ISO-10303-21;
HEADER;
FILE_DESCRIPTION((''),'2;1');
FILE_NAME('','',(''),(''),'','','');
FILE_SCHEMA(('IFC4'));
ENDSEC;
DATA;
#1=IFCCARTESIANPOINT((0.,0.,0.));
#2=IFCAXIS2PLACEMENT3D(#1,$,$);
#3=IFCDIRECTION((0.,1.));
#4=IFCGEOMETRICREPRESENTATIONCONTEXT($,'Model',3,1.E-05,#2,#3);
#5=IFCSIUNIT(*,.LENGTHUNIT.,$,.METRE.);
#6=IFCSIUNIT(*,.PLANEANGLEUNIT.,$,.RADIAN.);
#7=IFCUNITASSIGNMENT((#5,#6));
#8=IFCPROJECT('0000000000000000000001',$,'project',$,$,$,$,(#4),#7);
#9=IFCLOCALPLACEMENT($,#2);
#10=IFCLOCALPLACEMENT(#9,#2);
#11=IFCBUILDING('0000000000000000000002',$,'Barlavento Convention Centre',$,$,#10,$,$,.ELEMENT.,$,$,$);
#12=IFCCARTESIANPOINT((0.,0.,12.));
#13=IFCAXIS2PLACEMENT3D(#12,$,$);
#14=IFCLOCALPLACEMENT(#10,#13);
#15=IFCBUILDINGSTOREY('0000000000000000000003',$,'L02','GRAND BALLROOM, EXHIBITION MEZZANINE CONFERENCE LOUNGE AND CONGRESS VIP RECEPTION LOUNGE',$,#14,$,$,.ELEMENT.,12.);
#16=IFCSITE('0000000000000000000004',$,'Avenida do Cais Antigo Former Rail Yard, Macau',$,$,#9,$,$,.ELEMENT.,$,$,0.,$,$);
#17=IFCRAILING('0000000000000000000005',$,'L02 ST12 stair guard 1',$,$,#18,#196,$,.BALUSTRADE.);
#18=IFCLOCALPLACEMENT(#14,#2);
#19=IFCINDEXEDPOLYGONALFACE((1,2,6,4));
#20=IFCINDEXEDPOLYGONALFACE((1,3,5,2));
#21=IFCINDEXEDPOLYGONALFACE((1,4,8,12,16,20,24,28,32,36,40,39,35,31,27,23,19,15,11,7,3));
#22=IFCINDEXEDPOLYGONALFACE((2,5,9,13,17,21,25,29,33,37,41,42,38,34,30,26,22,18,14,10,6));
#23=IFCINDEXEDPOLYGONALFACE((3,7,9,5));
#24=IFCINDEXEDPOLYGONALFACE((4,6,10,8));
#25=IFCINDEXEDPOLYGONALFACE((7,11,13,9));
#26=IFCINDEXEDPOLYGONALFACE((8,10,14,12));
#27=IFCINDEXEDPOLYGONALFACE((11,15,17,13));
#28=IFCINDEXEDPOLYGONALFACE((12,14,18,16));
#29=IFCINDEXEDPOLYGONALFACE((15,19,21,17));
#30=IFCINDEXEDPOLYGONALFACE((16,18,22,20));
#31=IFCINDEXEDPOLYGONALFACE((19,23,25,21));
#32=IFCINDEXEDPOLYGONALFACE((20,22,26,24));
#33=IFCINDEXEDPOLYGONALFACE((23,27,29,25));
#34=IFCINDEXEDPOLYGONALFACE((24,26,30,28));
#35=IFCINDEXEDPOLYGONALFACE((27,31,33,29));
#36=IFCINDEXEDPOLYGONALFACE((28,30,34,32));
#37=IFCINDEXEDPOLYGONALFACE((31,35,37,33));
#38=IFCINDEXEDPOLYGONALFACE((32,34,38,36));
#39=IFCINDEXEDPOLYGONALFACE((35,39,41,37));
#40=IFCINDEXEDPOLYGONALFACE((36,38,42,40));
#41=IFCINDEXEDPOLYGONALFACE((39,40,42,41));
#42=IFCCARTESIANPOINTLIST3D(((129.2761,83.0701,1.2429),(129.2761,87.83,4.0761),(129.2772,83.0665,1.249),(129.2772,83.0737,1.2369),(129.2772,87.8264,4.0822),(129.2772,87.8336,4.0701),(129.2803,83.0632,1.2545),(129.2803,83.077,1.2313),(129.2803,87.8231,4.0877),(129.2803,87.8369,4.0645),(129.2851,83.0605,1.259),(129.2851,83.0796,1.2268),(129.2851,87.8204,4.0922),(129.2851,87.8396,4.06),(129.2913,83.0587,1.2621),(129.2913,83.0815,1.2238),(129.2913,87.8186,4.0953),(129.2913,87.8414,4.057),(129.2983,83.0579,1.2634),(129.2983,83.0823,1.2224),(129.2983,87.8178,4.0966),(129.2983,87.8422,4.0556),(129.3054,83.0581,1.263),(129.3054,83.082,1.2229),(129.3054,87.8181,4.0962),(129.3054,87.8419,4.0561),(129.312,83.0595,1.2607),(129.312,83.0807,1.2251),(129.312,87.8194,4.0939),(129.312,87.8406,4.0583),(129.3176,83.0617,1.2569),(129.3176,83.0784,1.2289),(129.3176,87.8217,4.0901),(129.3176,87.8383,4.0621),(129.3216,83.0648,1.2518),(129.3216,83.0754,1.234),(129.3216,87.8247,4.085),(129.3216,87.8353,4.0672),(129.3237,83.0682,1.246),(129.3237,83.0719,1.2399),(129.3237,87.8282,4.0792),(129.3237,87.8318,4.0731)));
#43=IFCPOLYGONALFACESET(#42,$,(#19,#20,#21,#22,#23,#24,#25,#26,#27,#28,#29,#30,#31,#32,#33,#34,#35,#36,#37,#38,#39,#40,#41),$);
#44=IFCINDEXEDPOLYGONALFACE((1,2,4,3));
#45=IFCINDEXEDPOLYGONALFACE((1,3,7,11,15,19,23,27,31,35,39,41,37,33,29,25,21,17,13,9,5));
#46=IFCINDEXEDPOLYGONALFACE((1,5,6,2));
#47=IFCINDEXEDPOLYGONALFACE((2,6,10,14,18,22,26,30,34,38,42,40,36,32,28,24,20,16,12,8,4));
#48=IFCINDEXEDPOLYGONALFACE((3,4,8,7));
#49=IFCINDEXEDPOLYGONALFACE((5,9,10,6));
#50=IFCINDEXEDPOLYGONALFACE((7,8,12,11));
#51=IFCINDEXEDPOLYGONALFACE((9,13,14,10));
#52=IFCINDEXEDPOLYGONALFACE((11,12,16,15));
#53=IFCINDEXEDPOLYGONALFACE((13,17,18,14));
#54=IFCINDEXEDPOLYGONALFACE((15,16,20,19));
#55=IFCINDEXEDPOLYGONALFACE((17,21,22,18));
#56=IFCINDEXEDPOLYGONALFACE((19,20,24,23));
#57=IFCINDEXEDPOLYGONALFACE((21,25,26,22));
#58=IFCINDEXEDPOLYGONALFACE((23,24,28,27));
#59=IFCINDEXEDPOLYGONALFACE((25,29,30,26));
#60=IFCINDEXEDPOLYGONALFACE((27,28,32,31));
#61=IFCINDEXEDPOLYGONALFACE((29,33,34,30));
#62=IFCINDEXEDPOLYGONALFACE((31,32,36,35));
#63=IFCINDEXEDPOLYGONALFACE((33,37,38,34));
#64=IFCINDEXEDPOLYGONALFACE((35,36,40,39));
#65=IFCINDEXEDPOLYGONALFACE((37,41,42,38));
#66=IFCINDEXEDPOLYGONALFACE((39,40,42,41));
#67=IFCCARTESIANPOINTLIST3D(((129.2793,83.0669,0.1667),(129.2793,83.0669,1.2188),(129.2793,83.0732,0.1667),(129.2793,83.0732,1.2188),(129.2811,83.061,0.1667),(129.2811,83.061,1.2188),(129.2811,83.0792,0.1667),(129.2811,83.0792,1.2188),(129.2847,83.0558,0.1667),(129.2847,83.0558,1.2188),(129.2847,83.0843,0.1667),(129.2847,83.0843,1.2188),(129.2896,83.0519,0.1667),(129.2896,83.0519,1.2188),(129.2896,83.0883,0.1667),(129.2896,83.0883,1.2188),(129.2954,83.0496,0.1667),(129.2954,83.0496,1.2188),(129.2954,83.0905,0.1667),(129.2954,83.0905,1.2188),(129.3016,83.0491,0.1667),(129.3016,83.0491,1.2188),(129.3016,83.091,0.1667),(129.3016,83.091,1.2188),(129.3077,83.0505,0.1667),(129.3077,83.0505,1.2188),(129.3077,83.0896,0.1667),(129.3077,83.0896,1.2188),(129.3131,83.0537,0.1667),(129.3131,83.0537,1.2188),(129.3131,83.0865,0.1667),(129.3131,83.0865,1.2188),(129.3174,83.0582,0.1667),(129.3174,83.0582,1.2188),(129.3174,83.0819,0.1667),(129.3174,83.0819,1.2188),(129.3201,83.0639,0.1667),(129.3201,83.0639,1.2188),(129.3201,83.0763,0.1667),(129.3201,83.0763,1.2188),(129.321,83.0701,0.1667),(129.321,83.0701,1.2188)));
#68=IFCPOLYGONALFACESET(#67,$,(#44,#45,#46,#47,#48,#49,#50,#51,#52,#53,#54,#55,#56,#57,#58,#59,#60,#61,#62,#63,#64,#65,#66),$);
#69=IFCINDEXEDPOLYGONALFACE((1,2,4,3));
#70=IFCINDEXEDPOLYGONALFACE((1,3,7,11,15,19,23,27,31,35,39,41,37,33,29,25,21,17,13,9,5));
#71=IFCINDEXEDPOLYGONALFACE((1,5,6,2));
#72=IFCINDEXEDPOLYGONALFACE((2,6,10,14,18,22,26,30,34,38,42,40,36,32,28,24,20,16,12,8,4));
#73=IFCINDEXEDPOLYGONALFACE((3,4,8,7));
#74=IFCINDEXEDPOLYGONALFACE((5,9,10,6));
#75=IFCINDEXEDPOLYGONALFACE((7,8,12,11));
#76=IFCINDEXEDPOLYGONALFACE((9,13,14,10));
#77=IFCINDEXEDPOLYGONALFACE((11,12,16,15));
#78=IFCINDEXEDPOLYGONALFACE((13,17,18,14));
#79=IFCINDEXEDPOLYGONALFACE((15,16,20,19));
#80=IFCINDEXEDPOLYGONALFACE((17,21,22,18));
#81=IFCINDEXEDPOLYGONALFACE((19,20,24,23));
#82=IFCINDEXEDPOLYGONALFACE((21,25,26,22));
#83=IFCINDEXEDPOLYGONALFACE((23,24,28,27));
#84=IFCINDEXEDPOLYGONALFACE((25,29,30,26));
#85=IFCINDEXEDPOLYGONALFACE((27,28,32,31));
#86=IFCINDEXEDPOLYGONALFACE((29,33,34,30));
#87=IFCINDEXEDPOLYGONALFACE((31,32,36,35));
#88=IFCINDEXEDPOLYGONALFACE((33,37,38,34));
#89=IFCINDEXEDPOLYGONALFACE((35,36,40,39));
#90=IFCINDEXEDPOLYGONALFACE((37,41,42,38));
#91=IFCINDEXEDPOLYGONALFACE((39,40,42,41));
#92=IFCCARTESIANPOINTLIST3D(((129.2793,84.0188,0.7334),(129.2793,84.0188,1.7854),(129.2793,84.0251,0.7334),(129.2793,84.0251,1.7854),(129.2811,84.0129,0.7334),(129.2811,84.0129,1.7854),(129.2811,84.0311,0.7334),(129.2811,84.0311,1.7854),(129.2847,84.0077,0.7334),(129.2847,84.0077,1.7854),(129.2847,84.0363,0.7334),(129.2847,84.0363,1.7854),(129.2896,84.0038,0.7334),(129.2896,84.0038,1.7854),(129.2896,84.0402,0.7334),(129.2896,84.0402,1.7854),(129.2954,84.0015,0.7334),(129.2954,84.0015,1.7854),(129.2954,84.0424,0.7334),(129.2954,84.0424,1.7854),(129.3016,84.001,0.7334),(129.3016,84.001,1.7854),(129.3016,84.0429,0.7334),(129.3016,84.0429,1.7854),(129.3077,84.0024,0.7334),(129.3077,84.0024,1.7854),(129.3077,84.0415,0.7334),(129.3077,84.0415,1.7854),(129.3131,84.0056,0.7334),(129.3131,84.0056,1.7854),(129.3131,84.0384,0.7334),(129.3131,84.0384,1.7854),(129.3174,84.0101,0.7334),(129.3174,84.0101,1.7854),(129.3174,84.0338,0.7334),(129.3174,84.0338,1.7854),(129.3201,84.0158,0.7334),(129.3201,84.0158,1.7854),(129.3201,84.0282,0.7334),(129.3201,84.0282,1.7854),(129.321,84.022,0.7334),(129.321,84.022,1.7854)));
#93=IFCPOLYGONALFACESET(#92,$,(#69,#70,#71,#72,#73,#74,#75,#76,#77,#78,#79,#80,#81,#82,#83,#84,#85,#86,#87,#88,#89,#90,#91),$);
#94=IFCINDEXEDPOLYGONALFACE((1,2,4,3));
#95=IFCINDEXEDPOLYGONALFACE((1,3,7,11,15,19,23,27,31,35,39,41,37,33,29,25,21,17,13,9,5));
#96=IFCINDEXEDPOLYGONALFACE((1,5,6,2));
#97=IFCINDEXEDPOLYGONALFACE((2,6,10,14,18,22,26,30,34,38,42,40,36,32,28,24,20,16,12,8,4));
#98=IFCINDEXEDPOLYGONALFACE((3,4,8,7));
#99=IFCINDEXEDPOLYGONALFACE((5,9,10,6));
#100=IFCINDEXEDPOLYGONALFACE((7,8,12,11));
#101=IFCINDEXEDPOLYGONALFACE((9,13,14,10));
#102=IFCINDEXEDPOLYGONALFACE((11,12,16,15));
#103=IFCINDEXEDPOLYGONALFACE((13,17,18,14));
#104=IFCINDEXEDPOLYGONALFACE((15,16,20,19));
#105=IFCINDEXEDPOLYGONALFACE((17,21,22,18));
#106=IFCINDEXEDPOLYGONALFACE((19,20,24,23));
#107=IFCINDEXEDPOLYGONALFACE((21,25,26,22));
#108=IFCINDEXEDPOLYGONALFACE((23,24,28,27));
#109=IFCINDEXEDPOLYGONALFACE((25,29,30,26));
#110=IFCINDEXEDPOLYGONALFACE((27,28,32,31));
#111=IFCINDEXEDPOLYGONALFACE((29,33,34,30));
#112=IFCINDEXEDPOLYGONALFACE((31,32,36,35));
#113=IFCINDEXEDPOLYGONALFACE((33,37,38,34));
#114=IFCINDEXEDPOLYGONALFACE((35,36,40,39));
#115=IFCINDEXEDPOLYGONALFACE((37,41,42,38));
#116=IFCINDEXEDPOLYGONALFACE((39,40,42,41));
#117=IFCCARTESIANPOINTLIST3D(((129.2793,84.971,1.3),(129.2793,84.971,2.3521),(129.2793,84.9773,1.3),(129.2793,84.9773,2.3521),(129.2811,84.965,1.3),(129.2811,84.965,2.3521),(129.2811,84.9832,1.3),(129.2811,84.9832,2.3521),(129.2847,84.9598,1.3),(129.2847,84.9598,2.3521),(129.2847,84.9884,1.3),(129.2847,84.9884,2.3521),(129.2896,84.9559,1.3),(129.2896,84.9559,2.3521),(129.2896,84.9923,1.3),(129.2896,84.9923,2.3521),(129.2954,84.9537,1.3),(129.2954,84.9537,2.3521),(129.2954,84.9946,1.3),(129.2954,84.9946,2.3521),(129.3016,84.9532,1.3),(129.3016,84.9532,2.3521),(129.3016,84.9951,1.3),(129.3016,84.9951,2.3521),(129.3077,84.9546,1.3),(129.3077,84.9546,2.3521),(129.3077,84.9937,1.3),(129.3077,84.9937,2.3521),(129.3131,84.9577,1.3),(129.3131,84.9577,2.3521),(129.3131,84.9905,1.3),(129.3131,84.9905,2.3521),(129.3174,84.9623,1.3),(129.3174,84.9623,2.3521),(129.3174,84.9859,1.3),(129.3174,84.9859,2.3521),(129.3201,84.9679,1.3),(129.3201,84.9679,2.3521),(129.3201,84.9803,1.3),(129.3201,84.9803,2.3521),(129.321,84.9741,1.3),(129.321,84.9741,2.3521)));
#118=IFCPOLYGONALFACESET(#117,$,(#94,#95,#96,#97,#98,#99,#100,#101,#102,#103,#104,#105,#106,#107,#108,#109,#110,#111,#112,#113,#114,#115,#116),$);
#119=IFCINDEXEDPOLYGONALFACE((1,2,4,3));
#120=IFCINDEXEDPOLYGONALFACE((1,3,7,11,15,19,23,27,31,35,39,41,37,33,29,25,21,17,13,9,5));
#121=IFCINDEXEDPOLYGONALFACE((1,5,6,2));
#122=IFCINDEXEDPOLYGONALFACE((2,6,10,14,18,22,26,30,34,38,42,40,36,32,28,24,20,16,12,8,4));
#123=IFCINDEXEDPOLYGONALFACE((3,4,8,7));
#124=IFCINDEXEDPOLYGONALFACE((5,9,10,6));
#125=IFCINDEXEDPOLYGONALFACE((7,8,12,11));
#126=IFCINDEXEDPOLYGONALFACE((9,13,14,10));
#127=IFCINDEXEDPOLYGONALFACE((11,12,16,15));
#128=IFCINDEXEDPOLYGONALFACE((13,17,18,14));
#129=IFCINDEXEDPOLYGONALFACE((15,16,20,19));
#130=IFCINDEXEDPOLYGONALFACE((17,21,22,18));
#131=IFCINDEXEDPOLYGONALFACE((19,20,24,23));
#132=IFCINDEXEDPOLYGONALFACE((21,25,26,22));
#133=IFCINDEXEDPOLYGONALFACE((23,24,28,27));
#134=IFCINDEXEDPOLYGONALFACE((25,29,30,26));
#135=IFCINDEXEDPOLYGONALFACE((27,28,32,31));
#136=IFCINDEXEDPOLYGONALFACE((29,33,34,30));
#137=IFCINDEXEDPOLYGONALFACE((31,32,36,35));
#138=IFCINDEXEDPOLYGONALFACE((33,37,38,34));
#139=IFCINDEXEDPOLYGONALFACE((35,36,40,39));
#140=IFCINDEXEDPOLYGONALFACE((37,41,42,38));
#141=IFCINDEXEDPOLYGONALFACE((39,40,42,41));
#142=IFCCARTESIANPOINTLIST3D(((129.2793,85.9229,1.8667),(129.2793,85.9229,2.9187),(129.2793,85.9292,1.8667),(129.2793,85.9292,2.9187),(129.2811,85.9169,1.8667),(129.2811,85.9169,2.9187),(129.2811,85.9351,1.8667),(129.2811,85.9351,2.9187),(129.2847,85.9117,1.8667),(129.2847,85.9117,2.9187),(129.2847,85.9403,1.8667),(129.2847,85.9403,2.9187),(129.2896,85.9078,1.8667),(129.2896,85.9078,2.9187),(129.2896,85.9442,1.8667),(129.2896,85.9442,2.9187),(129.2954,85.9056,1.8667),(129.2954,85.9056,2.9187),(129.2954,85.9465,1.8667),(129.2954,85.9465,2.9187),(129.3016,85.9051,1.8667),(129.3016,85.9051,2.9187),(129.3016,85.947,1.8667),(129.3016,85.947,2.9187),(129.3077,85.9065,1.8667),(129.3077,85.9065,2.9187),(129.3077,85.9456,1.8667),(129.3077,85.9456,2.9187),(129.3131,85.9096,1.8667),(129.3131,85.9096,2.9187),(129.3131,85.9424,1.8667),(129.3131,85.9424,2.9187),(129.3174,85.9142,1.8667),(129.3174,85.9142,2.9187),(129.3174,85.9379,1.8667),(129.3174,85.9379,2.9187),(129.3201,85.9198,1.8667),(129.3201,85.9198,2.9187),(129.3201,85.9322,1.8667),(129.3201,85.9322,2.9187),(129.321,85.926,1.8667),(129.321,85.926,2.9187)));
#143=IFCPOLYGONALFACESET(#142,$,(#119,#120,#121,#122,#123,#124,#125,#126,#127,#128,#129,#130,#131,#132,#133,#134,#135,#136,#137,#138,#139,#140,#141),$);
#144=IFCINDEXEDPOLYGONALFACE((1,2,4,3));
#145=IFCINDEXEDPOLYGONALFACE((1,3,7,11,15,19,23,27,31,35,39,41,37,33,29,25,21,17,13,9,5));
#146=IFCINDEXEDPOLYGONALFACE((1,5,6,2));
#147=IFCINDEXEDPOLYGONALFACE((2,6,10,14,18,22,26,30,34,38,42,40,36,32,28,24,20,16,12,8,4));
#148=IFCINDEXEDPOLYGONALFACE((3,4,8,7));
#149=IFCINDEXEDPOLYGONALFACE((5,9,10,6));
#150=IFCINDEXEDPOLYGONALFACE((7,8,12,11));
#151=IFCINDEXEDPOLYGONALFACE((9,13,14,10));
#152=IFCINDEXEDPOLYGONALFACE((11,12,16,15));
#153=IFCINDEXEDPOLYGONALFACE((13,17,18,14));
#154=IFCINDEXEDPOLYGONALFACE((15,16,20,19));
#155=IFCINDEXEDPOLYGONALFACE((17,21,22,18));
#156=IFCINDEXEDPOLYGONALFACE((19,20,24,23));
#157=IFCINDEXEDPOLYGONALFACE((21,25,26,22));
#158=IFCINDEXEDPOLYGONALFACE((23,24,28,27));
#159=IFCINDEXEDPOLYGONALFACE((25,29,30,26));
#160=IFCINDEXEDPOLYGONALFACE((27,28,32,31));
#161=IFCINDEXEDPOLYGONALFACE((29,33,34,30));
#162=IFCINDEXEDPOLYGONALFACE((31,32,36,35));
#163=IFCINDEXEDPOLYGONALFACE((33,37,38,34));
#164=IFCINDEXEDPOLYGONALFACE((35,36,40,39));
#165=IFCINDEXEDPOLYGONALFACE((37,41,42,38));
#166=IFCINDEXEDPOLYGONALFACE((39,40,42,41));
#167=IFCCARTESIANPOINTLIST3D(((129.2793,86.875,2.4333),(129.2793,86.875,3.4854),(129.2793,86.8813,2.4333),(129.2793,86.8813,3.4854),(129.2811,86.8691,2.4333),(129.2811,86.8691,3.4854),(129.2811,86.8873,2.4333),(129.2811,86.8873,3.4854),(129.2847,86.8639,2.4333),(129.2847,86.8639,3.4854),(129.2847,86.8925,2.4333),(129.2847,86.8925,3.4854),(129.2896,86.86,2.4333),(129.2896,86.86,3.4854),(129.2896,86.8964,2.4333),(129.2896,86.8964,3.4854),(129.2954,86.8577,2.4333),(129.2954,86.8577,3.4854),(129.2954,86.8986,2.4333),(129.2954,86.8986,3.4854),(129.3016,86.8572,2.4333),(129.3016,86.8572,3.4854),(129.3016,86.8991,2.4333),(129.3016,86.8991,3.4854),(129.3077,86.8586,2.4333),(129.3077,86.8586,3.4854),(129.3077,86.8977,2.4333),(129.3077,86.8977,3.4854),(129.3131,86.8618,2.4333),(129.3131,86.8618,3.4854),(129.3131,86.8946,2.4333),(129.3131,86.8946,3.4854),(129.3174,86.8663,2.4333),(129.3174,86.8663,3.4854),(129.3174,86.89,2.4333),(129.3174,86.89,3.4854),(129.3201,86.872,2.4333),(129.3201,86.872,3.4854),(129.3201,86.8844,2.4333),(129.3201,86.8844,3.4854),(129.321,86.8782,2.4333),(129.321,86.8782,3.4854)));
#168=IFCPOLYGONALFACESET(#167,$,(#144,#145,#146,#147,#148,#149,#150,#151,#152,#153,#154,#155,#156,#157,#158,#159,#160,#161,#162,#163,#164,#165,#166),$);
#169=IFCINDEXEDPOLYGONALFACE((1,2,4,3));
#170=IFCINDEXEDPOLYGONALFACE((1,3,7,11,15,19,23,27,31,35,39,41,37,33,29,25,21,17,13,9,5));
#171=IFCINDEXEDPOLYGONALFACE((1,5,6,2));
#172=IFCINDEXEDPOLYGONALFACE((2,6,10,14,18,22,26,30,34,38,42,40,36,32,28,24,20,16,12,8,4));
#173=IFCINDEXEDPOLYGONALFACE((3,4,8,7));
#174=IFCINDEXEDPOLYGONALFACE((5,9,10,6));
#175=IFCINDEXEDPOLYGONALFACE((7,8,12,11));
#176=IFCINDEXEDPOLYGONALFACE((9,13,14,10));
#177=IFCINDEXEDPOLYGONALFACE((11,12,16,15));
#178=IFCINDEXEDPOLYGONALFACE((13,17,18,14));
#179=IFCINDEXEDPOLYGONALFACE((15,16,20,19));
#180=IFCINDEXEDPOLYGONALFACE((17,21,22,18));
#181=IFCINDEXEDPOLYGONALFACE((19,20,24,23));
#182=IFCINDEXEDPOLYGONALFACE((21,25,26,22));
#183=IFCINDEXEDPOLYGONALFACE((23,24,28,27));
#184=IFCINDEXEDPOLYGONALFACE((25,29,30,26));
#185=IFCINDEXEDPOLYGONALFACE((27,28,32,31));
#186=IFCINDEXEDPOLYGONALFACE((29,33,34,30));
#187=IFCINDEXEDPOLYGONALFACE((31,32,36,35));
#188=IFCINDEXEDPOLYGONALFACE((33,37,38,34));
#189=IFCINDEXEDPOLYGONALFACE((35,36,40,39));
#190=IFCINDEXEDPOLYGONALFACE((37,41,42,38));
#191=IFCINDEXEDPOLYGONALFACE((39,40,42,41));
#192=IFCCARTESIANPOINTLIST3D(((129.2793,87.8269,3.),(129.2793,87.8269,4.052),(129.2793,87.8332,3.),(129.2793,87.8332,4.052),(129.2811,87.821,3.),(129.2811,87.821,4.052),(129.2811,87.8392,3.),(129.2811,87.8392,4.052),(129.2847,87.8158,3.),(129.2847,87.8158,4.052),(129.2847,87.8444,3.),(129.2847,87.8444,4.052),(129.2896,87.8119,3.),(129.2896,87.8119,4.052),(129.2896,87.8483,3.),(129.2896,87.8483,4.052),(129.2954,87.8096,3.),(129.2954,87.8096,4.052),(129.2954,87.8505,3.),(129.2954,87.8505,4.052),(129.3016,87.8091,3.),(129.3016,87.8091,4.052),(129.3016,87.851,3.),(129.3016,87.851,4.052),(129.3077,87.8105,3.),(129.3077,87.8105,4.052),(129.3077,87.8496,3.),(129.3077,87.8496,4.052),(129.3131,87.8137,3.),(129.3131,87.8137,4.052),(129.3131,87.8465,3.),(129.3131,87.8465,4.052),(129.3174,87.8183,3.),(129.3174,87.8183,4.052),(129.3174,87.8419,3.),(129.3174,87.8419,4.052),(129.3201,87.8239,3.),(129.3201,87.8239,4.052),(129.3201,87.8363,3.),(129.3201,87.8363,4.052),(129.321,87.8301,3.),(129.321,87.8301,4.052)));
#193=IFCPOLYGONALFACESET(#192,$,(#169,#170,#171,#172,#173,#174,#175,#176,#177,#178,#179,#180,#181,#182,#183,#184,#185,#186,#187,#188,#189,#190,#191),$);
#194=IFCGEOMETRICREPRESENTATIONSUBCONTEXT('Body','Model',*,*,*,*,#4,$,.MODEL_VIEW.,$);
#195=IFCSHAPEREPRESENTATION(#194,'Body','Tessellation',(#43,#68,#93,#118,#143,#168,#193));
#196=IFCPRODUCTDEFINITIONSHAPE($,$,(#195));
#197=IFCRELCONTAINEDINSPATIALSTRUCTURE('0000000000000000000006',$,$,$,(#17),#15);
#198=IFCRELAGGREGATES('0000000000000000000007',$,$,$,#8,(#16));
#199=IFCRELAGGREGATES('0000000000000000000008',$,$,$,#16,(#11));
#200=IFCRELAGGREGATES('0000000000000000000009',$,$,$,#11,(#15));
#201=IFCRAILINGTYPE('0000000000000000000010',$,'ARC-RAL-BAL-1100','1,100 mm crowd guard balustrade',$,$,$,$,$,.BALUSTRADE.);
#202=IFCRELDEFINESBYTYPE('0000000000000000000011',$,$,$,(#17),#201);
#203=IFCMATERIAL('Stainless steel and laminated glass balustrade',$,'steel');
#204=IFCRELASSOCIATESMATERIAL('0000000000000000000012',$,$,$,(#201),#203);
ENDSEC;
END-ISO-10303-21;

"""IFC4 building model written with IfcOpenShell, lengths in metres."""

from ifc_helpers import new_model, si_unit, direction, frame, origin, origin_2d, place, context, subcontext, project, spatial, circle, extrude, material, type_object, element, save


model = new_model("IFC4")

# Units and contexts
model_context = context("Model", 3, precision=1e-05, world=origin(), true_north=direction((0.0, 1.0)))
body_context = subcontext(model_context, "Body", "Model", "MODEL_VIEW")
ifc_project = project(units=[si_unit("LENGTHUNIT", "METRE"), si_unit("PLANEANGLEUNIT", "RADIAN")], contexts=[model_context])

# Site, building, storey
site_placement = place(None, origin())
site = spatial("IfcSite", under=ifc_project, at=site_placement, Name="Avenida do Cais Antigo Former Rail Yard, Macau", CompositionType="ELEMENT", RefElevation=0.0)
building_placement = place(site_placement, origin())
building = spatial("IfcBuilding", under=site, at=building_placement, Name="Barlavento Convention Centre", CompositionType="ELEMENT")
storey_placement = place(building_placement, frame((0.0, 0.0, 12.0)))
storey = spatial("IfcBuildingStorey", under=building, at=storey_placement, Name="L02", Description="GRAND BALLROOM, EXHIBITION MEZZANINE CONFERENCE LOUNGE AND CONGRESS VIP RECEPTION LOUNGE", CompositionType="ELEMENT", Elevation=12.0)

# Railing
ifc_material_1 = material(Name="Stainless steel and laminated glass balustrade", Category="steel")
railing_type_1 = type_object("IfcRailingType", Name="ARC-RAL-BAL-1100", Description="1,100 mm crowd guard balustrade", PredefinedType="BALUSTRADE", material=ifc_material_1)
railing_1_placement = place(storey_placement, frame((129.3, 83.0701, 0.1667)))
element("IfcRailing", 1, at=railing_1_placement, inside=storey, type_object=railing_type_1, Name="L02 ST12 stair guard 1", PredefinedType="BALUSTRADE", context=body_context, shape_type="SweptSolid", body=[
    extrude(circle(Radius=0.0239, at=origin_2d()), frame((0.0, 0.0, 1.0762), z_axis=(0.0, 0.8593, 0.511472), x_axis=(-1.0, 0.0, 0.0)), (0.0, 0.0, 1.0), 5.5393),
    extrude(circle(Radius=0.021, at=origin_2d()), origin(), (0.0, 0.0, 1.0), 1.052),
    extrude(circle(Radius=0.021, at=origin_2d()), frame((0.0, 0.9519, 0.5667)), (0.0, 0.0, 1.0), 1.052),
    extrude(circle(Radius=0.021, at=origin_2d()), frame((0.0, 1.9041, 1.1333)), (0.0, 0.0, 1.0), 1.052),
    extrude(circle(Radius=0.021, at=origin_2d()), frame((0.0, 2.856, 1.7)), (0.0, 0.0, 1.0), 1.052),
    extrude(circle(Radius=0.021, at=origin_2d()), frame((0.0, 3.8081, 2.2666)), (0.0, 0.0, 1.0), 1.052),
    extrude(circle(Radius=0.021, at=origin_2d()), frame((0.0, 4.76, 2.8333)), (0.0, 0.0, 1.0), 1.052),
])

save(model, "model.ifc")
